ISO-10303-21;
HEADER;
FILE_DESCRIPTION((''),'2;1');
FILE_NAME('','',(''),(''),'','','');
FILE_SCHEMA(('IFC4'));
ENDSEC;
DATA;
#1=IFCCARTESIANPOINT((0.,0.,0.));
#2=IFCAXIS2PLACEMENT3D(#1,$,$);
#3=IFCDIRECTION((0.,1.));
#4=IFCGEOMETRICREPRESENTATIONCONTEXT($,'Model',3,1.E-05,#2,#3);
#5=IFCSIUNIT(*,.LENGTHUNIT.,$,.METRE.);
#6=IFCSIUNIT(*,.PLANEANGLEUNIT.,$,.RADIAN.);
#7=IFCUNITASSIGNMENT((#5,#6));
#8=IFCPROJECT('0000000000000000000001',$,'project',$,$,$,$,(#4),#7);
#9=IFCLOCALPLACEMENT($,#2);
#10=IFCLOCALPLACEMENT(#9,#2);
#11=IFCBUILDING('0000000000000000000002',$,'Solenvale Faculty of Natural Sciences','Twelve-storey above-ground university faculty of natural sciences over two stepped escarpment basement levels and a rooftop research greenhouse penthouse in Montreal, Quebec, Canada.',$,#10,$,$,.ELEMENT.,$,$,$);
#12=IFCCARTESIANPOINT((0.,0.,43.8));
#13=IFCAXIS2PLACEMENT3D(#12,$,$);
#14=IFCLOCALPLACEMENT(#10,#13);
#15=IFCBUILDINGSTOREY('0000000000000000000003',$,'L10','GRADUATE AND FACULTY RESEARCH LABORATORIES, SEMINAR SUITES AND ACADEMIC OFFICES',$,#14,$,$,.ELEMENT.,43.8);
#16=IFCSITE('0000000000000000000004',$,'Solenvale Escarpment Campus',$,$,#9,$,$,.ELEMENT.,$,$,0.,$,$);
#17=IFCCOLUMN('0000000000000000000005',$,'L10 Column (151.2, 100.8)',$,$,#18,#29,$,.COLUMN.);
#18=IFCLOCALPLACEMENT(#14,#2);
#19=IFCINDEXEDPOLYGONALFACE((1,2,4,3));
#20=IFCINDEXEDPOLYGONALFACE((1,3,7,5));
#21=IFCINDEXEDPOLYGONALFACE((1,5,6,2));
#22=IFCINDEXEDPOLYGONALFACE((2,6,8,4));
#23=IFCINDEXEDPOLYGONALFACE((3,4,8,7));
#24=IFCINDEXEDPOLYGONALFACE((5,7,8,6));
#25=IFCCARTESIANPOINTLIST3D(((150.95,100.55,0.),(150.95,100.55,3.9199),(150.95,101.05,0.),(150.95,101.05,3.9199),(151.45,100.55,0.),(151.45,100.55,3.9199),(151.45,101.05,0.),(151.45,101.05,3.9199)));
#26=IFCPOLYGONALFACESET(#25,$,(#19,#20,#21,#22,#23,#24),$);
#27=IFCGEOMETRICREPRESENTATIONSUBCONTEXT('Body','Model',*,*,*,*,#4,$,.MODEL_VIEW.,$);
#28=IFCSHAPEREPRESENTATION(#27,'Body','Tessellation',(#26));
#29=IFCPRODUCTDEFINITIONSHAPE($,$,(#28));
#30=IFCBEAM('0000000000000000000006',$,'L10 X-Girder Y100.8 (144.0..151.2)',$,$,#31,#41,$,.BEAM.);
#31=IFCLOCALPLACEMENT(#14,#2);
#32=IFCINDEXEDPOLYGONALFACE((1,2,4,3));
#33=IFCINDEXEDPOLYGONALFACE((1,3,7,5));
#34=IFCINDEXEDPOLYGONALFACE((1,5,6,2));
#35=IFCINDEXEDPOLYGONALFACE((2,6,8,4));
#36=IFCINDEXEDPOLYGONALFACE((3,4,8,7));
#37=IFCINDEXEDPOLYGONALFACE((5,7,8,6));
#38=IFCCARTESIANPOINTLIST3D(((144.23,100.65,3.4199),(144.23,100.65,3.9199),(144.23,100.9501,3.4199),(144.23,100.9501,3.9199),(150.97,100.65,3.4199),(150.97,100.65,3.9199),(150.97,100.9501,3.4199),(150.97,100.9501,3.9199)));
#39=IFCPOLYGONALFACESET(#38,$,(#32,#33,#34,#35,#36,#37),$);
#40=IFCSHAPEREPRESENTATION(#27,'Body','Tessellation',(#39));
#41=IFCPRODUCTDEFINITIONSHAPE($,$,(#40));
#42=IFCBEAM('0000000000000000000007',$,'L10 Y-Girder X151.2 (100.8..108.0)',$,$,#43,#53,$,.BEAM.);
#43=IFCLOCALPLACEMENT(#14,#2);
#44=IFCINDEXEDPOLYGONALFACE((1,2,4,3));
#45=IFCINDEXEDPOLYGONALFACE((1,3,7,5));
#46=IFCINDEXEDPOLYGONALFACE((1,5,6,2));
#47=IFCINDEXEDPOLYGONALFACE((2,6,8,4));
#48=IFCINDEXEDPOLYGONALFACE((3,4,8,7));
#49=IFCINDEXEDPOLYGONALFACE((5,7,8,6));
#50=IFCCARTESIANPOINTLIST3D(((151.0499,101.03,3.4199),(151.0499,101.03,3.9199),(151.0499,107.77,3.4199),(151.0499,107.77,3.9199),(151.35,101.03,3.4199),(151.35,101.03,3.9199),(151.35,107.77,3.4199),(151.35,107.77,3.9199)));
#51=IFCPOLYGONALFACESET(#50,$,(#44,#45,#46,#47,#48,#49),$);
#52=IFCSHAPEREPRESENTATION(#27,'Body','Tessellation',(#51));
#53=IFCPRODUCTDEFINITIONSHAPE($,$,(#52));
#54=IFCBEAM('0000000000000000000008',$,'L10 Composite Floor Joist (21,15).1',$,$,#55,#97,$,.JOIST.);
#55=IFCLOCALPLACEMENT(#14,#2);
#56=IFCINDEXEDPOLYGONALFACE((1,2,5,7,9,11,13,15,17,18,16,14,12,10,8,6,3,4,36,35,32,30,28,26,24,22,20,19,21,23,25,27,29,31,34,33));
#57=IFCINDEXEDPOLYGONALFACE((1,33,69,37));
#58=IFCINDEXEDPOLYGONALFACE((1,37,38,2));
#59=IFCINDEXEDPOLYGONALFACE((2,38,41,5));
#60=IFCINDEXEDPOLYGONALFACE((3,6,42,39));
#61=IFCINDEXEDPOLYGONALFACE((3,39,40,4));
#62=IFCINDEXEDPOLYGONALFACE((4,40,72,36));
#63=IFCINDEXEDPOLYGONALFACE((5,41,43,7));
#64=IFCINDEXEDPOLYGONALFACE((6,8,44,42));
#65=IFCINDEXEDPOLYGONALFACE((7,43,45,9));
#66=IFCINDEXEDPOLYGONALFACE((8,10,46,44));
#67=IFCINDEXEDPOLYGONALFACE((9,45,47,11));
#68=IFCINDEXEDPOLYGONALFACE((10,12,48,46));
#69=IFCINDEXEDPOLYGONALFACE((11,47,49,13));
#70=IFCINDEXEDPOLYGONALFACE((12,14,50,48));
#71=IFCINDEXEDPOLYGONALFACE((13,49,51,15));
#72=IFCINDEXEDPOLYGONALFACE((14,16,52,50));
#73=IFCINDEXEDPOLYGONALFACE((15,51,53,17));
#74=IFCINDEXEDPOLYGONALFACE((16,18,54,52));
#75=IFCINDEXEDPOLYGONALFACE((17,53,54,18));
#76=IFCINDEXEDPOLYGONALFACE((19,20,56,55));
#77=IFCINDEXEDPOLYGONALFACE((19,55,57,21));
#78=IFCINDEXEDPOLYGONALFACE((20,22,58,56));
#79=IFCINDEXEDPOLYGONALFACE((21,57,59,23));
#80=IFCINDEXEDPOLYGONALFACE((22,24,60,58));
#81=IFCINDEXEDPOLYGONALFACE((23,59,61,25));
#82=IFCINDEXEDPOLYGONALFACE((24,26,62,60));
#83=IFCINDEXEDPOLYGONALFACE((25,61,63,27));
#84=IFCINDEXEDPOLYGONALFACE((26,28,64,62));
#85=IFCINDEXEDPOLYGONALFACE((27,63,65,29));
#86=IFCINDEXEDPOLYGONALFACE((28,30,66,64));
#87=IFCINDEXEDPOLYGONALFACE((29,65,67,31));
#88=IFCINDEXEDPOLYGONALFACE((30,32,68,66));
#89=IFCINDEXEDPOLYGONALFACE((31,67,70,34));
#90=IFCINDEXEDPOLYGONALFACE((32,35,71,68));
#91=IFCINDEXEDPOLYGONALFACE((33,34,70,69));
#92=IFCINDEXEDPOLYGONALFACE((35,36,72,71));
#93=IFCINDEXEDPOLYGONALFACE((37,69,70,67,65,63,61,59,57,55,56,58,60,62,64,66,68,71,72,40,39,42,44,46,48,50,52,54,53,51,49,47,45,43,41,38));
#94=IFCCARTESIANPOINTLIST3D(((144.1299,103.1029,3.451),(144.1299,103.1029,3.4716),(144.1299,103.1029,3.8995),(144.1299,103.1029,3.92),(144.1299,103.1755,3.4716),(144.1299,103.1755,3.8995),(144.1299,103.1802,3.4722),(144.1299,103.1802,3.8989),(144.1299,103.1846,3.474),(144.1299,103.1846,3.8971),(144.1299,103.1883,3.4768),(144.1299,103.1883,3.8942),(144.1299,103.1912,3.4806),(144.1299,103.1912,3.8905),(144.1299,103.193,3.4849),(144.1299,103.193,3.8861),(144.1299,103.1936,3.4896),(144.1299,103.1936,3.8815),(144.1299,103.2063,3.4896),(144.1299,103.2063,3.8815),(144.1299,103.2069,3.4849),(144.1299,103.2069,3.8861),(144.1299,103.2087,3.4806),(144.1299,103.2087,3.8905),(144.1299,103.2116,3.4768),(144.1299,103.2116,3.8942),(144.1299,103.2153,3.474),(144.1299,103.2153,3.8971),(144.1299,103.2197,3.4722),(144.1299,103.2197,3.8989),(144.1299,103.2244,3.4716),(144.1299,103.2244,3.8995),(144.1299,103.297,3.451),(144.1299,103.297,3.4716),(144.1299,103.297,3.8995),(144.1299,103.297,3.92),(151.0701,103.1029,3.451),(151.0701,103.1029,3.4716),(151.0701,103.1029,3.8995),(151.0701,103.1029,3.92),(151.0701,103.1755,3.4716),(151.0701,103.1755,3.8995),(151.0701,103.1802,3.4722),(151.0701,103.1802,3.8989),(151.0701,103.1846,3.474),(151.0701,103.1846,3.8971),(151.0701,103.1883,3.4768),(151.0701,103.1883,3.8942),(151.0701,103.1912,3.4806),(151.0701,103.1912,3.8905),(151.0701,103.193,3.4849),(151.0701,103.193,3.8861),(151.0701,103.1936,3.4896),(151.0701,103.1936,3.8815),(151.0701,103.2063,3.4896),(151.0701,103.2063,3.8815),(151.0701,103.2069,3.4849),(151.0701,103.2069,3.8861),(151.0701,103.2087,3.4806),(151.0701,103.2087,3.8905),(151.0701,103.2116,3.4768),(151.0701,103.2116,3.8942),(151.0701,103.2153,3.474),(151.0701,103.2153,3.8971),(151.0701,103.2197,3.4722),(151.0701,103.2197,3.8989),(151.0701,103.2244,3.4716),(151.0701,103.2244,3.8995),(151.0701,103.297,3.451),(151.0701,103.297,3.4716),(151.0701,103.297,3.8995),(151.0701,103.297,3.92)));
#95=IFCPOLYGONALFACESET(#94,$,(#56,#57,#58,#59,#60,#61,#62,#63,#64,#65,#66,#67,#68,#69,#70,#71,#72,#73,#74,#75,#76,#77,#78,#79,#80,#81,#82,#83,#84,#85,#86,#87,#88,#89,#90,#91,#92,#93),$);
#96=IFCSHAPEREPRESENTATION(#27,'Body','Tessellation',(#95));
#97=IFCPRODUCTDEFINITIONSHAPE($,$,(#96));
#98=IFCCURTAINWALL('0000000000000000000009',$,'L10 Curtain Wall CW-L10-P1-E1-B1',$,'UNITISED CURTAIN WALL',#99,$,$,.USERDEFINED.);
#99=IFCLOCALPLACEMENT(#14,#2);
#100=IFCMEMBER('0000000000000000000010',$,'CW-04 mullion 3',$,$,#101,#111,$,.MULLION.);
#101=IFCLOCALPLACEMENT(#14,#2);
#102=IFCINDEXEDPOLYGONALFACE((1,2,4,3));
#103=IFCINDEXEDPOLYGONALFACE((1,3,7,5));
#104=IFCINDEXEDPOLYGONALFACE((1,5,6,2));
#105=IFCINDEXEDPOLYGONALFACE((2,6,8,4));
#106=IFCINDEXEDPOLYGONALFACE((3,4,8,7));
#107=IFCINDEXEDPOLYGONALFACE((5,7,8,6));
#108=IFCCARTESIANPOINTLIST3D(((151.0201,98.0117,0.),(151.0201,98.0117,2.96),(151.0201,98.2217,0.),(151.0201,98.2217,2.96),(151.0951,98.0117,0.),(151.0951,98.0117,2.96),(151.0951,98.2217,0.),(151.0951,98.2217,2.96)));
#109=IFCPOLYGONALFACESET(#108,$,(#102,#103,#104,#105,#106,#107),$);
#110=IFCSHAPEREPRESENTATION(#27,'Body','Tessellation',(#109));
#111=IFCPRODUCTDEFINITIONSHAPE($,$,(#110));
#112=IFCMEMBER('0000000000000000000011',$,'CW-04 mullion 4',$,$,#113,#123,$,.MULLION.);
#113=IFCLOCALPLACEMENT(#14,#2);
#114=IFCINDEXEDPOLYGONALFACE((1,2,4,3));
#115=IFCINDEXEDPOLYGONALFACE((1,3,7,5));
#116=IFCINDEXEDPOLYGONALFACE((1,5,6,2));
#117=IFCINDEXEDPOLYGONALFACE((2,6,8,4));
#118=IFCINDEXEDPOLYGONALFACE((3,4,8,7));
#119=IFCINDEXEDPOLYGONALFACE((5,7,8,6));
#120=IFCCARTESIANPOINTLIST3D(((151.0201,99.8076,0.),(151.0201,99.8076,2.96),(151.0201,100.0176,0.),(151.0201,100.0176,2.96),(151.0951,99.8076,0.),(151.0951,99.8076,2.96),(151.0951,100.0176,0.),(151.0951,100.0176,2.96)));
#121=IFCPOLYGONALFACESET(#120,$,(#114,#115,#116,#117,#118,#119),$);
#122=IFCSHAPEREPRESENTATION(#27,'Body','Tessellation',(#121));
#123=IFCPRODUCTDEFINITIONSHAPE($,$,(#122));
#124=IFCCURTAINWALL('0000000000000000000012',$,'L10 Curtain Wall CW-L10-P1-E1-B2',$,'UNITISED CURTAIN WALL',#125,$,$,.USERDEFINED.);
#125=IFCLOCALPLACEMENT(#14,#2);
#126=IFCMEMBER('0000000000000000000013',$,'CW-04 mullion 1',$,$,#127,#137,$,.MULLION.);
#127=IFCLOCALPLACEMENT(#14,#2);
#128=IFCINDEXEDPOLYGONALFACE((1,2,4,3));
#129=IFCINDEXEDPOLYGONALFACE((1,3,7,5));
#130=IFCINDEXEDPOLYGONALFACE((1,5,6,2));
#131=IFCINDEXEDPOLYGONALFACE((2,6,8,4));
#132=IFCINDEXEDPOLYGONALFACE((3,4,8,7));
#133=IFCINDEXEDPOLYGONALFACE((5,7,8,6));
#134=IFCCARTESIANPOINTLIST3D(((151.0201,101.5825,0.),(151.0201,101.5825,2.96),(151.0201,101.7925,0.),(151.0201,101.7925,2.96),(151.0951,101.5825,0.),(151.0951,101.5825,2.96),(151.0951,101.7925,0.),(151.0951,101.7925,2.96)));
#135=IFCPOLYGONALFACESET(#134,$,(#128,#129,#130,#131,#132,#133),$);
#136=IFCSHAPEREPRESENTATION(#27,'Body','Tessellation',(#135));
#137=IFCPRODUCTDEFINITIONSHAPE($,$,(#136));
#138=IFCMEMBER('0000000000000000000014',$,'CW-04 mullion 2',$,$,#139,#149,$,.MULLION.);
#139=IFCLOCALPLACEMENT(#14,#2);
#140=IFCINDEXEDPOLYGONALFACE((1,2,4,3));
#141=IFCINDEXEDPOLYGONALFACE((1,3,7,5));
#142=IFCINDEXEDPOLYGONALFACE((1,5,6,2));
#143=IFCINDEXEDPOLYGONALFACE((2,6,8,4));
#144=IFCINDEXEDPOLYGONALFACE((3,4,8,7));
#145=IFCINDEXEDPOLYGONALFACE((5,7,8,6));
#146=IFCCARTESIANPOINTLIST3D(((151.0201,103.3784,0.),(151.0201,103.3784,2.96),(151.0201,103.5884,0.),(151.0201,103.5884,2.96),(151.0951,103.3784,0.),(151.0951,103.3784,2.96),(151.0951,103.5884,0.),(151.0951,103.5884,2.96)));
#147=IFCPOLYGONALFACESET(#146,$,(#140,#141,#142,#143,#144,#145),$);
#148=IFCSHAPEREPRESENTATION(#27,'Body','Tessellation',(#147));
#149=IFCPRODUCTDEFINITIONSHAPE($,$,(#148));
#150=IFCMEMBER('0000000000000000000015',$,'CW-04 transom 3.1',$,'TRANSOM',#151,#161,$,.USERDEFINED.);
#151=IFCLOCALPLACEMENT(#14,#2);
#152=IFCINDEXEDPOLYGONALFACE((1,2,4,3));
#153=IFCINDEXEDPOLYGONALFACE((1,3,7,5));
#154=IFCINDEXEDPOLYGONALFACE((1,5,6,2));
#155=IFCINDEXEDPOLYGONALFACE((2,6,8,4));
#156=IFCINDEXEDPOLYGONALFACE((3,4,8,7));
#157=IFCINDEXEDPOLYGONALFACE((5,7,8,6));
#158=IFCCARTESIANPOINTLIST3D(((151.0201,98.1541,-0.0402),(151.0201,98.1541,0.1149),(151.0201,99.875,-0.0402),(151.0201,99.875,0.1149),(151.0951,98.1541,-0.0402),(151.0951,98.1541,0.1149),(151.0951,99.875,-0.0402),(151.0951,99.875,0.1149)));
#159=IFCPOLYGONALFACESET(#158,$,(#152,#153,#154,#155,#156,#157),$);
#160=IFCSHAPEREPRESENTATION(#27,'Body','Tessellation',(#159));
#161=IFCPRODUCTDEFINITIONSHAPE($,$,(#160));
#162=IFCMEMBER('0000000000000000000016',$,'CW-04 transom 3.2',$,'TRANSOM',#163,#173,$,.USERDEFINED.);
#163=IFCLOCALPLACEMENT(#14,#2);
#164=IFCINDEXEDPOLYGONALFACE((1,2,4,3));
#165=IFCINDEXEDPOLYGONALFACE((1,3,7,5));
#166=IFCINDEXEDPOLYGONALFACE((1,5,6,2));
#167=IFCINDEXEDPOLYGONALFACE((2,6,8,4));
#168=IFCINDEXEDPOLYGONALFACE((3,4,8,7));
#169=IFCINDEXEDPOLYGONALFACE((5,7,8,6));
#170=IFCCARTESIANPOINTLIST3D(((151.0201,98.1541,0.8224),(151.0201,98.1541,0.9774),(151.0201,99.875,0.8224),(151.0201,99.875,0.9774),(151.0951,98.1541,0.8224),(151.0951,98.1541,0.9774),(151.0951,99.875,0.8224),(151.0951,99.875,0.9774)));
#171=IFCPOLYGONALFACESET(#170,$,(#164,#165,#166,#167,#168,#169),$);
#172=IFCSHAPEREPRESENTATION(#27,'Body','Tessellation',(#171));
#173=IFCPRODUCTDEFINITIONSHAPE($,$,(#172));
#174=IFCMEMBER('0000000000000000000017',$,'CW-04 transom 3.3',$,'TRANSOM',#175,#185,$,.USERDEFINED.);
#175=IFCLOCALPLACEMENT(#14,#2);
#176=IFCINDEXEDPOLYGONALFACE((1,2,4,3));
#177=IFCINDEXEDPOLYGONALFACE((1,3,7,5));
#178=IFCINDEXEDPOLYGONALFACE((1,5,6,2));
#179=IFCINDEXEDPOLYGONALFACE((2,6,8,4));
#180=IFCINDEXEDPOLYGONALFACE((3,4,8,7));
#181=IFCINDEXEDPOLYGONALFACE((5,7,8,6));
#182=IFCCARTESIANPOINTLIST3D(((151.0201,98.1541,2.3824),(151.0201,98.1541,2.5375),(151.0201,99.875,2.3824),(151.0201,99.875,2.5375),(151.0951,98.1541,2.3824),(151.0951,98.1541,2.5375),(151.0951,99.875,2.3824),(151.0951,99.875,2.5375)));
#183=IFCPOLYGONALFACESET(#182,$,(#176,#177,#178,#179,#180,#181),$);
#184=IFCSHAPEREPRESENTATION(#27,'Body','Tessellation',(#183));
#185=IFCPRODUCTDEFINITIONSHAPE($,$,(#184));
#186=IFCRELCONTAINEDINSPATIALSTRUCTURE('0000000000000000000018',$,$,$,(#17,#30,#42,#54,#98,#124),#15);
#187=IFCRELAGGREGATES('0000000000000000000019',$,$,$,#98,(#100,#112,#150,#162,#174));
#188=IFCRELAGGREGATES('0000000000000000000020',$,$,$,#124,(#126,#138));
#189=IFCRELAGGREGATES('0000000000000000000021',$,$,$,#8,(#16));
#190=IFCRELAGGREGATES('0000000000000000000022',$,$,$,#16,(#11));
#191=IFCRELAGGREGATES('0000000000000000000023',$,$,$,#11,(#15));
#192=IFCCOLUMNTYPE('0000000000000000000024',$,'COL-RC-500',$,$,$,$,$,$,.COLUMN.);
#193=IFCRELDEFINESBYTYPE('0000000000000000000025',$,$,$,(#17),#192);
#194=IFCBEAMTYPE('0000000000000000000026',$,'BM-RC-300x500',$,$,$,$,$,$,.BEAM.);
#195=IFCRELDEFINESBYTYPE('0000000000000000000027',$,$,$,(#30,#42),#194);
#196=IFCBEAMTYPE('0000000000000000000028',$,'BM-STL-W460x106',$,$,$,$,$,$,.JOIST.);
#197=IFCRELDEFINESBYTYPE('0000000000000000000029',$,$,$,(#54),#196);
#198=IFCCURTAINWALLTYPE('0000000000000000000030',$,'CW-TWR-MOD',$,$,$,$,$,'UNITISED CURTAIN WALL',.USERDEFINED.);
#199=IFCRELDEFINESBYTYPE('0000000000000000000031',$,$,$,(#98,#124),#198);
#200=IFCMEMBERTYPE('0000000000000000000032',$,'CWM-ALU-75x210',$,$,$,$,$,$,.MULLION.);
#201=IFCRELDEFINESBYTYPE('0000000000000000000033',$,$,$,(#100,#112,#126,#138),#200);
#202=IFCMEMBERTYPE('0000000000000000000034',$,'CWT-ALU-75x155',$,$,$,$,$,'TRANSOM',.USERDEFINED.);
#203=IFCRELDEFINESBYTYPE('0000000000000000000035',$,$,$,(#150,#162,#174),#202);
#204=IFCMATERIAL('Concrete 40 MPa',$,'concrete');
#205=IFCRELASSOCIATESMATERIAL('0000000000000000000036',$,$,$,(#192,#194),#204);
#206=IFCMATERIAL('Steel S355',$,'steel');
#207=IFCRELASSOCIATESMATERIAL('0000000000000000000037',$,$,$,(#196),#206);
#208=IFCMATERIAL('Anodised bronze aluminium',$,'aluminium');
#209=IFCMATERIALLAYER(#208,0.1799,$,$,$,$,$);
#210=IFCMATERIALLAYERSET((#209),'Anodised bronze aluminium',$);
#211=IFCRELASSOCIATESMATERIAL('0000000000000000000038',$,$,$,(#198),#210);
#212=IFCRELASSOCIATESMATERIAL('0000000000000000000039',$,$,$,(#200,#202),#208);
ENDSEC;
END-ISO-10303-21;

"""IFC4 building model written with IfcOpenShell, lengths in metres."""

from ifc_helpers import new_model, si_unit, direction, frame, origin, origin_2d, place, context, subcontext, project, spatial, rectangle, i_section, extrude, material, layer, layer_set, material_profile, profile_set, type_object, element, aggregate, save


model = new_model("IFC4")

# Units and contexts
model_context = context("Model", 3, precision=1e-05, world=origin(), true_north=direction((0.0, 1.0)))
body_context = subcontext(model_context, "Body", "Model", "MODEL_VIEW")
ifc_project = project(units=[si_unit("LENGTHUNIT", "METRE"), si_unit("PLANEANGLEUNIT", "RADIAN")], contexts=[model_context])

# Site, building, storey
site_placement = place(None, origin())
site = spatial("IfcSite", under=ifc_project, at=site_placement, Name="Solenvale Escarpment Campus", CompositionType="ELEMENT", RefElevation=0.0)
building_placement = place(site_placement, origin())
building = spatial("IfcBuilding", under=site, at=building_placement, Name="Solenvale Faculty of Natural Sciences", Description="Twelve-storey above-ground university faculty of natural sciences over two stepped escarpment basement levels and a rooftop research greenhouse penthouse in Montreal, Quebec, Canada.", CompositionType="ELEMENT")
storey_placement = place(building_placement, frame((0.0, 0.0, 43.8)))
storey = spatial("IfcBuildingStorey", under=building, at=storey_placement, Name="L10", Description="GRADUATE AND FACULTY RESEARCH LABORATORIES, SEMINAR SUITES AND ACADEMIC OFFICES", CompositionType="ELEMENT", Elevation=43.8)

# Column
ifc_material_1 = material(Name="Concrete 40 MPa", Category="concrete")
ifc_material_profile_1 = material_profile(ifc_material_1, rectangle(XDim=0.5, YDim=0.5, at=origin_2d()), Name="RC-COL-500x500")
ifc_profile_set_1 = profile_set([ifc_material_profile_1], Name="Concrete 40 MPa")
column_type = type_object("IfcColumnType", Name="COL-RC-500", PredefinedType="COLUMN", material=ifc_profile_set_1)
column_placement = place(storey_placement, frame((151.2, 100.8, 0.0), z_axis=(0.0, 0.0, 1.0), x_axis=(1.0, 0.0, 0.0)))
element("IfcColumn", 1, at=column_placement, inside=storey, type_object=column_type, Name="L10 Column (151.2, 100.8)", PredefinedType="COLUMN", context=body_context, shape_type="SweptSolid", body=[
    extrude(rectangle(XDim=0.5, YDim=0.5, at=origin_2d()), origin(), (0.0, 0.0, 1.0), 3.9199),
])

# Beams
ifc_material_profile_2 = material_profile(ifc_material_1, rectangle(XDim=0.3, YDim=0.5, at=origin_2d()), Name="RC-BM-300x500")
ifc_profile_set_2 = profile_set([ifc_material_profile_2], Name="Concrete 40 MPa")
beam_type_1 = type_object("IfcBeamType", Name="BM-RC-300x500", PredefinedType="BEAM", material=ifc_profile_set_2)
for number, where, z_axis, x_axis, name in (
    (2, (144.23, 100.8, 3.6699), (1.0, 0.0, 0.0), (0.0, 1.0, 0.0), "L10 X-Girder Y100.8 (144.0..151.2)"),
    (3, (151.2, 101.03, 3.6699), (0.0, 1.0, 0.0), (-1.0, 0.0, 0.0), "L10 Y-Girder X151.2 (100.8..108.0)"),
):
    element("IfcBeam", number, at=place(storey_placement, frame(where, z_axis=z_axis, x_axis=x_axis)), inside=storey, type_object=beam_type_1, Name=name, PredefinedType="BEAM", context=body_context, shape_type="SweptSolid", body=[
        extrude(rectangle(XDim=0.3, YDim=0.5, at=origin_2d()), origin(), (0.0, 0.0, 1.0), 6.74),
    ])
ifc_material_2 = material(Name="Steel S355", Category="steel")
ifc_material_profile_3 = material_profile(ifc_material_2, i_section(OverallWidth=0.1941, OverallDepth=0.469, WebThickness=0.0127, FlangeThickness=0.0205, FilletRadius=0.0181, at=origin_2d()), Name="W460x106")
ifc_profile_set_3 = profile_set([ifc_material_profile_3], Name="Steel S355")
beam_type_2 = type_object("IfcBeamType", Name="BM-STL-W460x106", PredefinedType="JOIST", material=ifc_profile_set_3)
beam_placement = place(storey_placement, frame((144.1299, 103.2, 3.6855), z_axis=(1.0, 0.0, 0.0), x_axis=(0.0, 1.0, 0.0)))
element("IfcBeam", 4, at=beam_placement, inside=storey, type_object=beam_type_2, Name="L10 Composite Floor Joist (21,15).1", PredefinedType="JOIST", context=body_context, shape_type="SweptSolid", body=[
    extrude(i_section(OverallWidth=0.1941, OverallDepth=0.469, WebThickness=0.0127, FlangeThickness=0.0205, FilletRadius=0.0181, at=origin_2d()), origin(), (0.0, 0.0, 1.0), 6.9402),
])

# Curtain walls, members
ifc_material_3 = material(Name="Anodised bronze aluminium", Category="aluminium")
ifc_layer_1 = layer(ifc_material_3, 0.1799)
ifc_layer_set_1 = layer_set([ifc_layer_1], Name="Anodised bronze aluminium")
curtain_wall_type = type_object("IfcCurtainWallType", Name="CW-TWR-MOD", ElementType="UNITISED CURTAIN WALL", PredefinedType="USERDEFINED", material=ifc_layer_set_1)
curtain_wall_1_placement = place(storey_placement, origin())
curtain_wall_1 = element("IfcCurtainWall", 5, at=curtain_wall_1_placement, inside=storey, type_object=curtain_wall_type, Name="L10 Curtain Wall CW-L10-P1-E1-B1", ObjectType="UNITISED CURTAIN WALL", PredefinedType="USERDEFINED")
ifc_material_profile_4 = material_profile(ifc_material_3, rectangle(XDim=0.075, YDim=0.21, at=origin_2d()), Name="ALU-MUL-75x210")
ifc_profile_set_4 = profile_set([ifc_material_profile_4], Name="Anodised bronze aluminium")
member_type_1 = type_object("IfcMemberType", Name="CWM-ALU-75x210", PredefinedType="MULLION", material=ifc_profile_set_4)
member_1_placement = place(storey_placement, frame((151.0576, 98.1167, 0.0), z_axis=(0.0, 0.0, 1.0), x_axis=(-1.0, 0.0, 0.0)))
member_1 = element("IfcMember", 6, at=member_1_placement, type_object=member_type_1, Name="CW-04 mullion 3", PredefinedType="MULLION", context=body_context, shape_type="SweptSolid", body=[
    extrude(rectangle(XDim=0.075, YDim=0.21, at=origin_2d()), origin(), (0.0, 0.0, 1.0), 2.96),
])
member_2_placement = place(storey_placement, frame((151.0576, 99.9126, 0.0), z_axis=(0.0, 0.0, 1.0), x_axis=(-1.0, 0.0, 0.0)))
member_2 = element("IfcMember", 7, at=member_2_placement, type_object=member_type_1, Name="CW-04 mullion 4", PredefinedType="MULLION", context=body_context, shape_type="SweptSolid", body=[
    extrude(rectangle(XDim=0.075, YDim=0.21, at=origin_2d()), origin(), (0.0, 0.0, 1.0), 2.96),
])
curtain_wall_2_placement = place(storey_placement, origin())
curtain_wall_2 = element("IfcCurtainWall", 8, at=curtain_wall_2_placement, inside=storey, type_object=curtain_wall_type, Name="L10 Curtain Wall CW-L10-P1-E1-B2", ObjectType="UNITISED CURTAIN WALL", PredefinedType="USERDEFINED")
member_3_placement = place(storey_placement, frame((151.0576, 101.6875, 0.0), z_axis=(0.0, 0.0, 1.0), x_axis=(-1.0, 0.0, 0.0)))
member_3 = element("IfcMember", 9, at=member_3_placement, type_object=member_type_1, Name="CW-04 mullion 1", PredefinedType="MULLION", context=body_context, shape_type="SweptSolid", body=[
    extrude(rectangle(XDim=0.075, YDim=0.21, at=origin_2d()), origin(), (0.0, 0.0, 1.0), 2.96),
])
member_4_placement = place(storey_placement, frame((151.0576, 103.4834, 0.0), z_axis=(0.0, 0.0, 1.0), x_axis=(-1.0, 0.0, 0.0)))
member_4 = element("IfcMember", 10, at=member_4_placement, type_object=member_type_1, Name="CW-04 mullion 2", PredefinedType="MULLION", context=body_context, shape_type="SweptSolid", body=[
    extrude(rectangle(XDim=0.075, YDim=0.21, at=origin_2d()), origin(), (0.0, 0.0, 1.0), 2.96),
])

# Members
ifc_material_profile_5 = material_profile(ifc_material_3, rectangle(XDim=0.075, YDim=0.155, at=origin_2d()), Name="ALU-TRN-75x155")
ifc_profile_set_5 = profile_set([ifc_material_profile_5], Name="Anodised bronze aluminium")
member_type_2 = type_object("IfcMemberType", Name="CWT-ALU-75x155", ElementType="TRANSOM", PredefinedType="USERDEFINED", material=ifc_profile_set_5)
member_5_placement = place(storey_placement, frame((151.0576, 98.1541, 0.0374), z_axis=(0.0, 1.0, 0.0), x_axis=(-1.0, 0.0, 0.0)))
member_5 = element("IfcMember", 11, at=member_5_placement, type_object=member_type_2, Name="CW-04 transom 3.1", ObjectType="TRANSOM", PredefinedType="USERDEFINED", context=body_context, shape_type="SweptSolid", body=[
    extrude(rectangle(XDim=0.075, YDim=0.155, at=origin_2d()), origin(), (0.0, 0.0, 1.0), 1.7209),
])
member_6_placement = place(storey_placement, frame((151.0576, 98.1541, 0.8999), z_axis=(0.0, 1.0, 0.0), x_axis=(-1.0, 0.0, 0.0)))
member_6 = element("IfcMember", 12, at=member_6_placement, type_object=member_type_2, Name="CW-04 transom 3.2", ObjectType="TRANSOM", PredefinedType="USERDEFINED", context=body_context, shape_type="SweptSolid", body=[
    extrude(rectangle(XDim=0.075, YDim=0.155, at=origin_2d()), origin(), (0.0, 0.0, 1.0), 1.7209),
])
member_7_placement = place(storey_placement, frame((151.0576, 98.1541, 2.46), z_axis=(0.0, 1.0, 0.0), x_axis=(-1.0, 0.0, 0.0)))
member_7 = element("IfcMember", 13, at=member_7_placement, type_object=member_type_2, Name="CW-04 transom 3.3", ObjectType="TRANSOM", PredefinedType="USERDEFINED", context=body_context, shape_type="SweptSolid", body=[
    extrude(rectangle(XDim=0.075, YDim=0.155, at=origin_2d()), origin(), (0.0, 0.0, 1.0), 1.7209),
])

aggregate(curtain_wall_1, [member_1, member_2, member_5, member_6, member_7])
aggregate(curtain_wall_2, [member_3, member_4])

save(model, "model.ifc")
